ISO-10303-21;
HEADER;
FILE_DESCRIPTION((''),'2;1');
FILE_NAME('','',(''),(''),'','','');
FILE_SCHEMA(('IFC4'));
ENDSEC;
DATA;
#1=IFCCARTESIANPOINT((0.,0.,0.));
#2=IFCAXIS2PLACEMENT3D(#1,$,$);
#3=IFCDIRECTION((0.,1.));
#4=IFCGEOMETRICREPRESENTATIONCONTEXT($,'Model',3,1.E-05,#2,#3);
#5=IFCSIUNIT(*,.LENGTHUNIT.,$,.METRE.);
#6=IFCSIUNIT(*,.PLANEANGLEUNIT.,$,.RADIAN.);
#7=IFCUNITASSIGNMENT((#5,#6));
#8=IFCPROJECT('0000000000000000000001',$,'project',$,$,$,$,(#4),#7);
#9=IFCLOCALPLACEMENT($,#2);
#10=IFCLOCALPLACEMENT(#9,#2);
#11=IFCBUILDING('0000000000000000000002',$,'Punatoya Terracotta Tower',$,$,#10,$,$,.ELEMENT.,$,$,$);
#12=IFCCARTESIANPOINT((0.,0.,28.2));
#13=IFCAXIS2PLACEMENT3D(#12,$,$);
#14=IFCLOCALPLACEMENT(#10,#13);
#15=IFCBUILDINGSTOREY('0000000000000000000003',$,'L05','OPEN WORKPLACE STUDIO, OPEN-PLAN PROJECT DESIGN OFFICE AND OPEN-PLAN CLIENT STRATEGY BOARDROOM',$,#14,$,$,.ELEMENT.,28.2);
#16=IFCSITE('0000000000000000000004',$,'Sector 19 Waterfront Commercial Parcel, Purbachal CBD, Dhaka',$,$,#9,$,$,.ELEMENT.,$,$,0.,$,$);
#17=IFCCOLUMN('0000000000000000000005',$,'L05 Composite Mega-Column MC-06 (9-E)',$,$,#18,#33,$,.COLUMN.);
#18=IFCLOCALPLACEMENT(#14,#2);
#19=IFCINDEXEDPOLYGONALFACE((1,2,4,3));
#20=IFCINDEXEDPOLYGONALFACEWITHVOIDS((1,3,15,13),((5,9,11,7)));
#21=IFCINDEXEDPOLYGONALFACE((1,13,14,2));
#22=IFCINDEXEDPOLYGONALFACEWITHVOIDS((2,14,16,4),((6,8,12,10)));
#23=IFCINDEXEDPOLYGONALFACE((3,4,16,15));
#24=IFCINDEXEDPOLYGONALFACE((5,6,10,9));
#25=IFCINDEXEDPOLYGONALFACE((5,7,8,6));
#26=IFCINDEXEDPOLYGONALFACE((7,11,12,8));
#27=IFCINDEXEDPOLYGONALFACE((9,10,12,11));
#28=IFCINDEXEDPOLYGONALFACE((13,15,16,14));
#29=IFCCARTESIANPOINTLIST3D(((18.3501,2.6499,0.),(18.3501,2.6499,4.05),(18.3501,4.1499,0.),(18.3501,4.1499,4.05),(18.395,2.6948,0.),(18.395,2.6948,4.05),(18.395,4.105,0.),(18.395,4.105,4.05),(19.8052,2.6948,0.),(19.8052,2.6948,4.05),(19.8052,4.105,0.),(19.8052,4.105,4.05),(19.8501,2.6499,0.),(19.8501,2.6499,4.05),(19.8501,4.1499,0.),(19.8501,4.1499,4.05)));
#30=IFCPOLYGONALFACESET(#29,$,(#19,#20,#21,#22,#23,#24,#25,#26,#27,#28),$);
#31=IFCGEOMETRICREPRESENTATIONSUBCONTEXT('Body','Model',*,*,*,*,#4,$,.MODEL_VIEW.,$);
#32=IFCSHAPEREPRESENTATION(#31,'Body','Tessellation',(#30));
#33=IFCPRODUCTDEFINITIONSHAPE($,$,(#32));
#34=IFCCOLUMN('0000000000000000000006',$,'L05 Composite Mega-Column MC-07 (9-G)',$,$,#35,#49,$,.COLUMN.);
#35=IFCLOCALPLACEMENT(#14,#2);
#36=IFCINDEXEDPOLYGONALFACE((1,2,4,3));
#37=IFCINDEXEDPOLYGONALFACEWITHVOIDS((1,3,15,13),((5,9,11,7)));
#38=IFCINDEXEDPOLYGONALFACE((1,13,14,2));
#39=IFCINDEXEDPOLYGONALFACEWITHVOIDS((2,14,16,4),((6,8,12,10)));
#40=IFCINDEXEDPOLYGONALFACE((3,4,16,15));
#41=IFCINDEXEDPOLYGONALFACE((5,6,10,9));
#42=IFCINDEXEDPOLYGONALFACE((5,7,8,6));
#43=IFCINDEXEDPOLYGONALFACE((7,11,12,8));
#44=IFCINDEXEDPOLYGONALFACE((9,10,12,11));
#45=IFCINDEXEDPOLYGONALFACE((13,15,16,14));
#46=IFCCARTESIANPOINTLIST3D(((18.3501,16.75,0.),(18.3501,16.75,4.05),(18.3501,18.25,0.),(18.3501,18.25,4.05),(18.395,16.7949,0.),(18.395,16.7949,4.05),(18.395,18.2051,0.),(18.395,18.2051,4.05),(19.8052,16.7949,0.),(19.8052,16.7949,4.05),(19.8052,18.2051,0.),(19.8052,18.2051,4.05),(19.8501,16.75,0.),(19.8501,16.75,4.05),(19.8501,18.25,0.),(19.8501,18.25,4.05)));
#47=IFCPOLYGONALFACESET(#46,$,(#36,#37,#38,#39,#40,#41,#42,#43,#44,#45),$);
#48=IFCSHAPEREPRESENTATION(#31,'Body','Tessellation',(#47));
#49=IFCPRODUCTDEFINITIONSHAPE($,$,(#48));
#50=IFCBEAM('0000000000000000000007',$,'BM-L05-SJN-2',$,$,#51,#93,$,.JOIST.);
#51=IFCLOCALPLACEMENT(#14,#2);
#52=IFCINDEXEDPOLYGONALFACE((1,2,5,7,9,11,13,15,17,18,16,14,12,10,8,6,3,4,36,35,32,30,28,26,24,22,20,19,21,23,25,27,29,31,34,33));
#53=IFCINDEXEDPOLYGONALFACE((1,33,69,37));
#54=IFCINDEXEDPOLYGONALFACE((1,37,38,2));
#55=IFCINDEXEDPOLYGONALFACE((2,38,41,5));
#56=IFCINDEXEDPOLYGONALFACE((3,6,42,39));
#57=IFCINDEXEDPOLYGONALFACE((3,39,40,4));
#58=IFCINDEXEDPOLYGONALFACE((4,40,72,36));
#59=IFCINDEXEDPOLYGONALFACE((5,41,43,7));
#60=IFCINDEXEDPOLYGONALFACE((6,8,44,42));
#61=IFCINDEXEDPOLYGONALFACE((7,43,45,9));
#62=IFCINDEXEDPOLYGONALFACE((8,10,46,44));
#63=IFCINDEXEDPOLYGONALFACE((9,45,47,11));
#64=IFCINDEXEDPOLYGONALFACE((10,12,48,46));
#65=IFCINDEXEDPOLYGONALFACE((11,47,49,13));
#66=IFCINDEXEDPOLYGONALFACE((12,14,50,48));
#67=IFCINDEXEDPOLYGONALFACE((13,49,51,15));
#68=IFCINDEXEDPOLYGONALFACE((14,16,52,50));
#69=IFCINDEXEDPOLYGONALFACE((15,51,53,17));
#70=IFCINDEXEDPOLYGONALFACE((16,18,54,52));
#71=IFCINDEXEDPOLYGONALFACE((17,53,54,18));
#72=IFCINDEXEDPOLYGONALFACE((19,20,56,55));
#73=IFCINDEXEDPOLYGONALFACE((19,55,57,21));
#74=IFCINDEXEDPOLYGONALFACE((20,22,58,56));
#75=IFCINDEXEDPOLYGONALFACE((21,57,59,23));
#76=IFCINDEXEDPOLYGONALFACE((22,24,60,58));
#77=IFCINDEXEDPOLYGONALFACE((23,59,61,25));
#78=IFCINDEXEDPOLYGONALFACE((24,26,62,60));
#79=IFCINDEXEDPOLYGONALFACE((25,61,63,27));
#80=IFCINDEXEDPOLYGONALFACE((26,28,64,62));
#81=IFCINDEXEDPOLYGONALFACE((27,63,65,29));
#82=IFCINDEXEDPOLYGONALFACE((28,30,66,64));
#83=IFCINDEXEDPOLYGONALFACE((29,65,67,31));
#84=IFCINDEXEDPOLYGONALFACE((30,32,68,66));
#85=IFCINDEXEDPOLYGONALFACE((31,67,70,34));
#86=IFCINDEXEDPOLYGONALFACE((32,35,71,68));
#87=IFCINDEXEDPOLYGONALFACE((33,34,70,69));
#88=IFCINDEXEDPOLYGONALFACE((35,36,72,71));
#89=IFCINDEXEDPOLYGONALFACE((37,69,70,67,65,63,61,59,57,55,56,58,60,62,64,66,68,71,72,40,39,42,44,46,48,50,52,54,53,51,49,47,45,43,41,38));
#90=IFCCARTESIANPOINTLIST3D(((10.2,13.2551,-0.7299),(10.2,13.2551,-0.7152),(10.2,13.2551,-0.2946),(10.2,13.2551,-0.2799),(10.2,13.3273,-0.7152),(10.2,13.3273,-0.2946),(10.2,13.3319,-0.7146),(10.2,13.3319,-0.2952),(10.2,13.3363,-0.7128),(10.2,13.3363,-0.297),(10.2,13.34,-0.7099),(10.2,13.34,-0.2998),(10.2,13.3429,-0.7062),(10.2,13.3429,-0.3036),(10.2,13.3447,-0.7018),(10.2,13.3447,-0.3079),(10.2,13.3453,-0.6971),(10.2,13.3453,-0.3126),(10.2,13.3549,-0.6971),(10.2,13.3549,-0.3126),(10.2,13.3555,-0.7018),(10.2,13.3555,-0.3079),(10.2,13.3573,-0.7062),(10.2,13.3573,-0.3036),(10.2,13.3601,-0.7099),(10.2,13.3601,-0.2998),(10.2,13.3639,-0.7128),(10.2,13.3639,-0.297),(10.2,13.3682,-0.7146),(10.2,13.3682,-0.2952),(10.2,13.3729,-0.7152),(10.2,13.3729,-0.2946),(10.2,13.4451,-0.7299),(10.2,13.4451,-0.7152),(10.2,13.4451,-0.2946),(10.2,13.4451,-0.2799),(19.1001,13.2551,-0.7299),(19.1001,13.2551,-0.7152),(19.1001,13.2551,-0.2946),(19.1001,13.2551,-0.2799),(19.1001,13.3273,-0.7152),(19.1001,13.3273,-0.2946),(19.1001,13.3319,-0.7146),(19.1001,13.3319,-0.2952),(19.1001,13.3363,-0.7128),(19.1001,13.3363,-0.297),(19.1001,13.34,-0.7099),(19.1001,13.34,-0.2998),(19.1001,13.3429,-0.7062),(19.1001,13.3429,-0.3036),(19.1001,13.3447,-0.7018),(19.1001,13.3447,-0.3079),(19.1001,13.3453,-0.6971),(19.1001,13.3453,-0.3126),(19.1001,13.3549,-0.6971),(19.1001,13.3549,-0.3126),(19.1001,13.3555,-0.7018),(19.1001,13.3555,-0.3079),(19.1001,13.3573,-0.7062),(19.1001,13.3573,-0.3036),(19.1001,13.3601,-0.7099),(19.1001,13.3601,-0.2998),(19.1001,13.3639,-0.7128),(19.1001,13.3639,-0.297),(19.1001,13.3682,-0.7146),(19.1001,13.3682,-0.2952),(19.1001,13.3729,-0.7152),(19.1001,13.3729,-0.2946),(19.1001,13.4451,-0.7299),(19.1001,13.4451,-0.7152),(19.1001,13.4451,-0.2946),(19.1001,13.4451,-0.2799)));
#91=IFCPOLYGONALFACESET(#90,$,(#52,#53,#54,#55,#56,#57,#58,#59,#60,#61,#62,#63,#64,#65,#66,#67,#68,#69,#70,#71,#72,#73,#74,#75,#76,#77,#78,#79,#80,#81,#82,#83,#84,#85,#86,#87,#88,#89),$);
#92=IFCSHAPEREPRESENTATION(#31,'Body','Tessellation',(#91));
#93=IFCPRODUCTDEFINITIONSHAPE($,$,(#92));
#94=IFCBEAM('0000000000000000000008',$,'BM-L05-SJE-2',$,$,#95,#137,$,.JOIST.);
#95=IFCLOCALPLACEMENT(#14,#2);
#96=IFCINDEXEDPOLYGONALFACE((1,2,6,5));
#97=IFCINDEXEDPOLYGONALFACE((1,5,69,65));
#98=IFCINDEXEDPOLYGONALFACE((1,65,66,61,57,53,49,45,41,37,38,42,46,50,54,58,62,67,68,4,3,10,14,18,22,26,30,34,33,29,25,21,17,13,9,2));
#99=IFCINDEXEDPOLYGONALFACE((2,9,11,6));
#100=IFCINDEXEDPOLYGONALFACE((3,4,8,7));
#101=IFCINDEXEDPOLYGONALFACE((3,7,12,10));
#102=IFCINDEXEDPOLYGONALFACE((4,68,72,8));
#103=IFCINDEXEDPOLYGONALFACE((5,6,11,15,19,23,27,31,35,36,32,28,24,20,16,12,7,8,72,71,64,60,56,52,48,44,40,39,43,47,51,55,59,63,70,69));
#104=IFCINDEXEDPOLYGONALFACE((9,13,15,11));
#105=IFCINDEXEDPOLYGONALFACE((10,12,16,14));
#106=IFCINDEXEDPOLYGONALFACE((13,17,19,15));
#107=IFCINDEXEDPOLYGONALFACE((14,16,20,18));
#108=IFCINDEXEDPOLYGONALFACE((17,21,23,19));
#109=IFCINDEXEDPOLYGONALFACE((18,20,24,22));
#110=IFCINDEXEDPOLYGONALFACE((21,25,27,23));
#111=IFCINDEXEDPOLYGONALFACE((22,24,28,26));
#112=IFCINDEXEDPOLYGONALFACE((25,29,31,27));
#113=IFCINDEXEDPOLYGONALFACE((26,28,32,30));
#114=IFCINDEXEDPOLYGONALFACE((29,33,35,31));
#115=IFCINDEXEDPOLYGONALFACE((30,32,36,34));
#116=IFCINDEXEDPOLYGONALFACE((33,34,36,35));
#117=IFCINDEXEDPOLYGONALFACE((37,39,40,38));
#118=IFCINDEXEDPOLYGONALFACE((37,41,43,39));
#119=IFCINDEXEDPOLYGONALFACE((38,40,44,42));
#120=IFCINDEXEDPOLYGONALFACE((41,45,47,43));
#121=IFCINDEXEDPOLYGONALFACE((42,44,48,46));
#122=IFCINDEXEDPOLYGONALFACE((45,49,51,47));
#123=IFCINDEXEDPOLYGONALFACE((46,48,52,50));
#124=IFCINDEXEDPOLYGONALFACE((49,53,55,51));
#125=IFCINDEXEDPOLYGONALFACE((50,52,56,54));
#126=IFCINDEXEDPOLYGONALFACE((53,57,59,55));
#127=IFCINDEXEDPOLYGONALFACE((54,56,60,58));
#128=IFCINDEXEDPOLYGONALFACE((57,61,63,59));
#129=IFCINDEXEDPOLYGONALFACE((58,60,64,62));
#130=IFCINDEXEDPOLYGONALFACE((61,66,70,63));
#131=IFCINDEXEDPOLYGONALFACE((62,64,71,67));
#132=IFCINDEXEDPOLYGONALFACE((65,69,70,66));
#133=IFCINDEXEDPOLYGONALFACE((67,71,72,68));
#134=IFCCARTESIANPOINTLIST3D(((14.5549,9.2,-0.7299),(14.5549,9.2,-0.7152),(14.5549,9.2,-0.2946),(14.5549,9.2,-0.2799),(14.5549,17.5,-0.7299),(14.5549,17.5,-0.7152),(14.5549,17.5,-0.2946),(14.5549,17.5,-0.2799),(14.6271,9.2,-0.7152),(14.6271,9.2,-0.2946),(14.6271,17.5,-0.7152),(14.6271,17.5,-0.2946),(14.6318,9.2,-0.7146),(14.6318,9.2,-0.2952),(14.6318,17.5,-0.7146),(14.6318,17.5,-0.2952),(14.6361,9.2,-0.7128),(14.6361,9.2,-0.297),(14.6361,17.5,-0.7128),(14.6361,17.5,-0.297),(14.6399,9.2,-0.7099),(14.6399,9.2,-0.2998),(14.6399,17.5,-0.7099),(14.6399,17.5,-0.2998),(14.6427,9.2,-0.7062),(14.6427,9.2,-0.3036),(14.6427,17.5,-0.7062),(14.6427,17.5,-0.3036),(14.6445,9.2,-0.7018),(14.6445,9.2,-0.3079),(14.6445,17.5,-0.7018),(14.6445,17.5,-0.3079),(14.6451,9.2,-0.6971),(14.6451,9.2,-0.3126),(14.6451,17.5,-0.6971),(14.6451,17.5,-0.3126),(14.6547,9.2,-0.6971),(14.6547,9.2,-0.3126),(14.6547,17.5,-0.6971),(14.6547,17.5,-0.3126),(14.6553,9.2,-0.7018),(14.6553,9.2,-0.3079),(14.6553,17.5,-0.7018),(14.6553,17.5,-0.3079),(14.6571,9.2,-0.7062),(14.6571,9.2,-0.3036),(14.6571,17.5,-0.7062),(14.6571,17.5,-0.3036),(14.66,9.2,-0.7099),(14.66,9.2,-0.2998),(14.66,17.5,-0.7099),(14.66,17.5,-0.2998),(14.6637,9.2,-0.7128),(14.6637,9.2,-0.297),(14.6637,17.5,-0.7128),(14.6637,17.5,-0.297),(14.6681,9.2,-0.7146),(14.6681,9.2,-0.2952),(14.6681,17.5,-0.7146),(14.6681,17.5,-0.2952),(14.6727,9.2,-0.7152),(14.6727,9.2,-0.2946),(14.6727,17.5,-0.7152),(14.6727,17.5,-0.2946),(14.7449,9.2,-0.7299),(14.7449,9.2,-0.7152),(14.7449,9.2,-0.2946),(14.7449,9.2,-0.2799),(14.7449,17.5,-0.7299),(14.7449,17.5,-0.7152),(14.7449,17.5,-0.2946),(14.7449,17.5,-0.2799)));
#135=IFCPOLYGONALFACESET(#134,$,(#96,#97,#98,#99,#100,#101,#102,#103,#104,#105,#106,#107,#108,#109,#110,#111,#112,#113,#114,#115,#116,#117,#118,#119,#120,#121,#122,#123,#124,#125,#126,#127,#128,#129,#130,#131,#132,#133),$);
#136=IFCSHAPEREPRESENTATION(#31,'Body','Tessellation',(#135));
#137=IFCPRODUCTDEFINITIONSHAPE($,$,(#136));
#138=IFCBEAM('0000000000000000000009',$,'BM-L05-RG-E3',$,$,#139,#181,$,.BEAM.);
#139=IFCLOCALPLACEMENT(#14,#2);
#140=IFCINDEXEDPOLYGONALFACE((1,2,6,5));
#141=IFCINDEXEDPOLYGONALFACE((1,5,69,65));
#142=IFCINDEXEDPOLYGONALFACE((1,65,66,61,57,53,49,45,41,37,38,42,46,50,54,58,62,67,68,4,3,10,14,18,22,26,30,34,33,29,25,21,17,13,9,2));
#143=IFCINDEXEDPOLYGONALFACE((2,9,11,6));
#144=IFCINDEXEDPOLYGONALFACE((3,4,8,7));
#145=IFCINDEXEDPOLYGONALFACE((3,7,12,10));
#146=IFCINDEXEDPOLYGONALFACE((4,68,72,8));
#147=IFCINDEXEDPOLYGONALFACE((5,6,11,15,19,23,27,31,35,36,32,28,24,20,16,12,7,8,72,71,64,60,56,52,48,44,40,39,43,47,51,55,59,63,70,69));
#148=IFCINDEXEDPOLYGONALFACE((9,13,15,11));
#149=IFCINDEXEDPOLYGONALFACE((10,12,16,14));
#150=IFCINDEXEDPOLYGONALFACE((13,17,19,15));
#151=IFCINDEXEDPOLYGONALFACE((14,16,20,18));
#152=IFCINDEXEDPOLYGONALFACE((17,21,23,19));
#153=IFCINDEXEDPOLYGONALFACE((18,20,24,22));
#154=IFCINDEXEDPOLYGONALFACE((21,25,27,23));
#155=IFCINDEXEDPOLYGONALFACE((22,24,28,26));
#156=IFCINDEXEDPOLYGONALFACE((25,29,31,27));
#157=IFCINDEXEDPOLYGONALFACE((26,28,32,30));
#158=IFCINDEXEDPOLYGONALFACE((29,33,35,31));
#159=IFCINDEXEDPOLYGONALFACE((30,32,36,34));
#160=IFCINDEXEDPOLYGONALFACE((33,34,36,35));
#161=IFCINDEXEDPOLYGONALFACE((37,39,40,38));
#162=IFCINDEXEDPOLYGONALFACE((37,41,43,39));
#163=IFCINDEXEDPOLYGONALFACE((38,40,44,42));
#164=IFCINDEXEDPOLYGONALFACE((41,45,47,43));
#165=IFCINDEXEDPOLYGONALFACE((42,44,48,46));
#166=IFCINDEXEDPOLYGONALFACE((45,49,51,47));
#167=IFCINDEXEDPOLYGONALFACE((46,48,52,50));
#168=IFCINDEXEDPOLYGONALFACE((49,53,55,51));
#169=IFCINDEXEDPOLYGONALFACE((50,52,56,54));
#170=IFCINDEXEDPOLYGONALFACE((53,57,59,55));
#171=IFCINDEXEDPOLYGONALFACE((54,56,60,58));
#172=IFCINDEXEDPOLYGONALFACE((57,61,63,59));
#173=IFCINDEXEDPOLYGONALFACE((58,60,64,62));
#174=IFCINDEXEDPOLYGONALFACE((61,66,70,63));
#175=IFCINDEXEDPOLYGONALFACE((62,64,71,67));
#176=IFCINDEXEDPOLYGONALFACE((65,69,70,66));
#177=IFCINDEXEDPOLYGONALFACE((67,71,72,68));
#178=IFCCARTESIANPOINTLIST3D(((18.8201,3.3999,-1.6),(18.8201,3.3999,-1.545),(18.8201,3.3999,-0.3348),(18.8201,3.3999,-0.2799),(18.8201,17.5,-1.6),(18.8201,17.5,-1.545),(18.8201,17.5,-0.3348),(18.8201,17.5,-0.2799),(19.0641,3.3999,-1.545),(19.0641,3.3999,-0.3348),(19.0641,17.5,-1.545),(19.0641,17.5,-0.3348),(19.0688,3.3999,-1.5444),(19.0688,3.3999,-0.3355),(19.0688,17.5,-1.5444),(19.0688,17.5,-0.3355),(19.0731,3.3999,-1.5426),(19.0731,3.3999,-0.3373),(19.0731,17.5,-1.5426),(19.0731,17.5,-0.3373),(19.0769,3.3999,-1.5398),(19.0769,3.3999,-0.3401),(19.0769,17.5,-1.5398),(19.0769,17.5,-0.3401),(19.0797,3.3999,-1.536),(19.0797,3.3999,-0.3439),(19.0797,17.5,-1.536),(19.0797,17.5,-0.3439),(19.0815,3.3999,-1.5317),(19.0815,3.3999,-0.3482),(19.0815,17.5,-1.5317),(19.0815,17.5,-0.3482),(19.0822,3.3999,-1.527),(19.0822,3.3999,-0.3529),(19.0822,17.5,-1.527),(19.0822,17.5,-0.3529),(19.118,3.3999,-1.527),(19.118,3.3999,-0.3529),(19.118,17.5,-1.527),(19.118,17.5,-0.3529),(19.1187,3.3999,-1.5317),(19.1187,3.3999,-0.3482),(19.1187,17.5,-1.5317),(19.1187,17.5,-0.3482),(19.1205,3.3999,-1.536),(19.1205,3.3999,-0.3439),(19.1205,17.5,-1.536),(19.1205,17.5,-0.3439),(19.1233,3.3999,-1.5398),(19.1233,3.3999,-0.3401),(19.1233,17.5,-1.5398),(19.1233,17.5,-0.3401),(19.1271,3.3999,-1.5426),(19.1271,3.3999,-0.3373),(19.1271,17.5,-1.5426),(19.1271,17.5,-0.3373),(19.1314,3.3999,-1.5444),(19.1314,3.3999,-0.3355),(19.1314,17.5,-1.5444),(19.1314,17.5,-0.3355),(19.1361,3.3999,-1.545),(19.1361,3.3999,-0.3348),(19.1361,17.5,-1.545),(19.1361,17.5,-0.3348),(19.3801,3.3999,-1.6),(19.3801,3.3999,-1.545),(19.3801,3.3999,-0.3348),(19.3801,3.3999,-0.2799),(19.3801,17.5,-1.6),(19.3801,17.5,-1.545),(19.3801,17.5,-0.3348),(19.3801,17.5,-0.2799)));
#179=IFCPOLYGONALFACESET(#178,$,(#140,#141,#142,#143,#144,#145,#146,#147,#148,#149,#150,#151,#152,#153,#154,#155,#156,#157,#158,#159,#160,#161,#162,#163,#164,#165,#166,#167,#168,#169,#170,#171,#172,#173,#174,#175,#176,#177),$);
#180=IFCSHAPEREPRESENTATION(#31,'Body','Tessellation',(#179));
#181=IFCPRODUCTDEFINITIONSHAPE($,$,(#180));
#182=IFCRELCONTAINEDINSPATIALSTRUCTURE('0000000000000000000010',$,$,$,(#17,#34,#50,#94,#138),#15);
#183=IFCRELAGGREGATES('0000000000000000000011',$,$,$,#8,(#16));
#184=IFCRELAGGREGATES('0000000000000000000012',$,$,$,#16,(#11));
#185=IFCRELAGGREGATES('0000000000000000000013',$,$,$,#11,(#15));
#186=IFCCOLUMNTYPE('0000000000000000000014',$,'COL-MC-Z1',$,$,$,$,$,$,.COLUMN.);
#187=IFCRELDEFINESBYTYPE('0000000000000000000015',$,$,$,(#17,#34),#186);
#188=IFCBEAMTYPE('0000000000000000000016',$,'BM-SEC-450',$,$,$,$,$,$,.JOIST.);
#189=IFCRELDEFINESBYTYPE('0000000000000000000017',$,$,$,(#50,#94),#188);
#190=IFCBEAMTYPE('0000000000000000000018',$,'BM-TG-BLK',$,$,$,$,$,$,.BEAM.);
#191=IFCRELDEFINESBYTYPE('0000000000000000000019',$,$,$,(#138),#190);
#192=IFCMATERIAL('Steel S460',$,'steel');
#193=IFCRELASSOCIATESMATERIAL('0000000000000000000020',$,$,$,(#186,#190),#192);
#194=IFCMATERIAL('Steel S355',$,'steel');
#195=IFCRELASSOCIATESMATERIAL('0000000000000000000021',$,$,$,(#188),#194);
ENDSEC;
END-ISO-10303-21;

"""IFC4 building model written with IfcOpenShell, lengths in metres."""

from ifc_helpers import new_model, si_unit, direction, frame, origin, origin_2d, place, context, subcontext, project, spatial, hollow_rectangle, i_section, extrude, material, material_profile, profile_set, type_object, element, save


model = new_model("IFC4")

# Units and contexts
model_context = context("Model", 3, precision=1e-05, world=origin(), true_north=direction((0.0, 1.0)))
body_context = subcontext(model_context, "Body", "Model", "MODEL_VIEW")
ifc_project = project(units=[si_unit("LENGTHUNIT", "METRE"), si_unit("PLANEANGLEUNIT", "RADIAN")], contexts=[model_context])

# Site, building, storey
site_placement = place(None, origin())
site = spatial("IfcSite", under=ifc_project, at=site_placement, Name="Sector 19 Waterfront Commercial Parcel, Purbachal CBD, Dhaka", CompositionType="ELEMENT", RefElevation=0.0)
building_placement = place(site_placement, origin())
building = spatial("IfcBuilding", under=site, at=building_placement, Name="Punatoya Terracotta Tower", CompositionType="ELEMENT")
storey_placement = place(building_placement, frame((0.0, 0.0, 28.2)))
storey = spatial("IfcBuildingStorey", under=building, at=storey_placement, Name="L05", Description="OPEN WORKPLACE STUDIO, OPEN-PLAN PROJECT DESIGN OFFICE AND OPEN-PLAN CLIENT STRATEGY BOARDROOM", CompositionType="ELEMENT", Elevation=28.2)

# Columns
ifc_material_1 = material(Name="Steel S460", Category="steel")
ifc_material_profile_1 = material_profile(ifc_material_1, hollow_rectangle(XDim=1.5, YDim=1.5, WallThickness=0.0449, at=origin_2d()))
ifc_profile_set_1 = profile_set([ifc_material_profile_1], Name="Steel S460")
column_type = type_object("IfcColumnType", Name="COL-MC-Z1", PredefinedType="COLUMN", material=ifc_profile_set_1)
for number, where, z_axis, x_axis, name in (
    (1, (19.1001, 3.3999, 0.0), (0.0, 0.0, 1.0), (1.0, 0.0, 0.0), "L05 Composite Mega-Column MC-06 (9-E)"),
    (2, (19.1001, 17.5, 0.0), (0.0, 0.0, 1.0), (1.0, 0.0, 0.0), "L05 Composite Mega-Column MC-07 (9-G)"),
):
    element("IfcColumn", number, at=place(storey_placement, frame(where, z_axis=z_axis, x_axis=x_axis)), inside=storey, type_object=column_type, Name=name, PredefinedType="COLUMN", context=body_context, shape_type="SweptSolid", body=[
        extrude(hollow_rectangle(XDim=1.5, YDim=1.5, WallThickness=0.0449, at=origin_2d()), origin(), (0.0, 0.0, 1.0), 4.05),
    ])

# Beams
ifc_material_2 = material(Name="Steel S355", Category="steel")
ifc_material_profile_2 = material_profile(ifc_material_2, i_section(OverallWidth=0.1899, OverallDepth=0.45, WebThickness=0.0095, FlangeThickness=0.0146, FilletRadius=0.0181, at=origin_2d()))
ifc_profile_set_2 = profile_set([ifc_material_profile_2], Name="Steel S355")
beam_type_1 = type_object("IfcBeamType", Name="BM-SEC-450", PredefinedType="JOIST", material=ifc_profile_set_2)
beam_1_placement = place(storey_placement, frame((10.2, 13.3501, -0.5049), z_axis=(1.0, 0.0, 0.0), x_axis=(0.0, 1.0, 0.0)))
element("IfcBeam", 3, at=beam_1_placement, inside=storey, type_object=beam_type_1, Name="BM-L05-SJN-2", PredefinedType="JOIST", context=body_context, shape_type="SweptSolid", body=[
    extrude(i_section(OverallWidth=0.1899, OverallDepth=0.45, WebThickness=0.0095, FlangeThickness=0.0146, FilletRadius=0.0181, at=origin_2d()), origin(), (0.0, 0.0, 1.0), 8.9001),
])
beam_2_placement = place(storey_placement, frame((14.6499, 9.2, -0.5049), z_axis=(0.0, 1.0, 0.0), x_axis=(-1.0, 0.0, 0.0)))
element("IfcBeam", 4, at=beam_2_placement, inside=storey, type_object=beam_type_1, Name="BM-L05-SJE-2", PredefinedType="JOIST", context=body_context, shape_type="SweptSolid", body=[
    extrude(i_section(OverallWidth=0.1899, OverallDepth=0.45, WebThickness=0.0095, FlangeThickness=0.0146, FilletRadius=0.0181, at=origin_2d()), origin(), (0.0, 0.0, 1.0), 8.3),
])
ifc_material_profile_3 = material_profile(ifc_material_1, i_section(OverallWidth=0.5601, OverallDepth=1.3201, WebThickness=0.0359, FlangeThickness=0.0549, FilletRadius=0.0181, at=origin_2d()))
ifc_profile_set_3 = profile_set([ifc_material_profile_3], Name="Steel S460")
beam_type_2 = type_object("IfcBeamType", Name="BM-TG-BLK", PredefinedType="BEAM", material=ifc_profile_set_3)
beam_3_placement = place(storey_placement, frame((19.1001, 3.3999, -0.9399), z_axis=(0.0, 1.0, 0.0), x_axis=(-1.0, 0.0, 0.0)))
element("IfcBeam", 5, at=beam_3_placement, inside=storey, type_object=beam_type_2, Name="BM-L05-RG-E3", PredefinedType="BEAM", context=body_context, shape_type="SweptSolid", body=[
    extrude(i_section(OverallWidth=0.5601, OverallDepth=1.3201, WebThickness=0.0359, FlangeThickness=0.0549, FilletRadius=0.0181, at=origin_2d()), origin(), (0.0, 0.0, 1.0), 14.1001),
])

save(model, "model.ifc")
